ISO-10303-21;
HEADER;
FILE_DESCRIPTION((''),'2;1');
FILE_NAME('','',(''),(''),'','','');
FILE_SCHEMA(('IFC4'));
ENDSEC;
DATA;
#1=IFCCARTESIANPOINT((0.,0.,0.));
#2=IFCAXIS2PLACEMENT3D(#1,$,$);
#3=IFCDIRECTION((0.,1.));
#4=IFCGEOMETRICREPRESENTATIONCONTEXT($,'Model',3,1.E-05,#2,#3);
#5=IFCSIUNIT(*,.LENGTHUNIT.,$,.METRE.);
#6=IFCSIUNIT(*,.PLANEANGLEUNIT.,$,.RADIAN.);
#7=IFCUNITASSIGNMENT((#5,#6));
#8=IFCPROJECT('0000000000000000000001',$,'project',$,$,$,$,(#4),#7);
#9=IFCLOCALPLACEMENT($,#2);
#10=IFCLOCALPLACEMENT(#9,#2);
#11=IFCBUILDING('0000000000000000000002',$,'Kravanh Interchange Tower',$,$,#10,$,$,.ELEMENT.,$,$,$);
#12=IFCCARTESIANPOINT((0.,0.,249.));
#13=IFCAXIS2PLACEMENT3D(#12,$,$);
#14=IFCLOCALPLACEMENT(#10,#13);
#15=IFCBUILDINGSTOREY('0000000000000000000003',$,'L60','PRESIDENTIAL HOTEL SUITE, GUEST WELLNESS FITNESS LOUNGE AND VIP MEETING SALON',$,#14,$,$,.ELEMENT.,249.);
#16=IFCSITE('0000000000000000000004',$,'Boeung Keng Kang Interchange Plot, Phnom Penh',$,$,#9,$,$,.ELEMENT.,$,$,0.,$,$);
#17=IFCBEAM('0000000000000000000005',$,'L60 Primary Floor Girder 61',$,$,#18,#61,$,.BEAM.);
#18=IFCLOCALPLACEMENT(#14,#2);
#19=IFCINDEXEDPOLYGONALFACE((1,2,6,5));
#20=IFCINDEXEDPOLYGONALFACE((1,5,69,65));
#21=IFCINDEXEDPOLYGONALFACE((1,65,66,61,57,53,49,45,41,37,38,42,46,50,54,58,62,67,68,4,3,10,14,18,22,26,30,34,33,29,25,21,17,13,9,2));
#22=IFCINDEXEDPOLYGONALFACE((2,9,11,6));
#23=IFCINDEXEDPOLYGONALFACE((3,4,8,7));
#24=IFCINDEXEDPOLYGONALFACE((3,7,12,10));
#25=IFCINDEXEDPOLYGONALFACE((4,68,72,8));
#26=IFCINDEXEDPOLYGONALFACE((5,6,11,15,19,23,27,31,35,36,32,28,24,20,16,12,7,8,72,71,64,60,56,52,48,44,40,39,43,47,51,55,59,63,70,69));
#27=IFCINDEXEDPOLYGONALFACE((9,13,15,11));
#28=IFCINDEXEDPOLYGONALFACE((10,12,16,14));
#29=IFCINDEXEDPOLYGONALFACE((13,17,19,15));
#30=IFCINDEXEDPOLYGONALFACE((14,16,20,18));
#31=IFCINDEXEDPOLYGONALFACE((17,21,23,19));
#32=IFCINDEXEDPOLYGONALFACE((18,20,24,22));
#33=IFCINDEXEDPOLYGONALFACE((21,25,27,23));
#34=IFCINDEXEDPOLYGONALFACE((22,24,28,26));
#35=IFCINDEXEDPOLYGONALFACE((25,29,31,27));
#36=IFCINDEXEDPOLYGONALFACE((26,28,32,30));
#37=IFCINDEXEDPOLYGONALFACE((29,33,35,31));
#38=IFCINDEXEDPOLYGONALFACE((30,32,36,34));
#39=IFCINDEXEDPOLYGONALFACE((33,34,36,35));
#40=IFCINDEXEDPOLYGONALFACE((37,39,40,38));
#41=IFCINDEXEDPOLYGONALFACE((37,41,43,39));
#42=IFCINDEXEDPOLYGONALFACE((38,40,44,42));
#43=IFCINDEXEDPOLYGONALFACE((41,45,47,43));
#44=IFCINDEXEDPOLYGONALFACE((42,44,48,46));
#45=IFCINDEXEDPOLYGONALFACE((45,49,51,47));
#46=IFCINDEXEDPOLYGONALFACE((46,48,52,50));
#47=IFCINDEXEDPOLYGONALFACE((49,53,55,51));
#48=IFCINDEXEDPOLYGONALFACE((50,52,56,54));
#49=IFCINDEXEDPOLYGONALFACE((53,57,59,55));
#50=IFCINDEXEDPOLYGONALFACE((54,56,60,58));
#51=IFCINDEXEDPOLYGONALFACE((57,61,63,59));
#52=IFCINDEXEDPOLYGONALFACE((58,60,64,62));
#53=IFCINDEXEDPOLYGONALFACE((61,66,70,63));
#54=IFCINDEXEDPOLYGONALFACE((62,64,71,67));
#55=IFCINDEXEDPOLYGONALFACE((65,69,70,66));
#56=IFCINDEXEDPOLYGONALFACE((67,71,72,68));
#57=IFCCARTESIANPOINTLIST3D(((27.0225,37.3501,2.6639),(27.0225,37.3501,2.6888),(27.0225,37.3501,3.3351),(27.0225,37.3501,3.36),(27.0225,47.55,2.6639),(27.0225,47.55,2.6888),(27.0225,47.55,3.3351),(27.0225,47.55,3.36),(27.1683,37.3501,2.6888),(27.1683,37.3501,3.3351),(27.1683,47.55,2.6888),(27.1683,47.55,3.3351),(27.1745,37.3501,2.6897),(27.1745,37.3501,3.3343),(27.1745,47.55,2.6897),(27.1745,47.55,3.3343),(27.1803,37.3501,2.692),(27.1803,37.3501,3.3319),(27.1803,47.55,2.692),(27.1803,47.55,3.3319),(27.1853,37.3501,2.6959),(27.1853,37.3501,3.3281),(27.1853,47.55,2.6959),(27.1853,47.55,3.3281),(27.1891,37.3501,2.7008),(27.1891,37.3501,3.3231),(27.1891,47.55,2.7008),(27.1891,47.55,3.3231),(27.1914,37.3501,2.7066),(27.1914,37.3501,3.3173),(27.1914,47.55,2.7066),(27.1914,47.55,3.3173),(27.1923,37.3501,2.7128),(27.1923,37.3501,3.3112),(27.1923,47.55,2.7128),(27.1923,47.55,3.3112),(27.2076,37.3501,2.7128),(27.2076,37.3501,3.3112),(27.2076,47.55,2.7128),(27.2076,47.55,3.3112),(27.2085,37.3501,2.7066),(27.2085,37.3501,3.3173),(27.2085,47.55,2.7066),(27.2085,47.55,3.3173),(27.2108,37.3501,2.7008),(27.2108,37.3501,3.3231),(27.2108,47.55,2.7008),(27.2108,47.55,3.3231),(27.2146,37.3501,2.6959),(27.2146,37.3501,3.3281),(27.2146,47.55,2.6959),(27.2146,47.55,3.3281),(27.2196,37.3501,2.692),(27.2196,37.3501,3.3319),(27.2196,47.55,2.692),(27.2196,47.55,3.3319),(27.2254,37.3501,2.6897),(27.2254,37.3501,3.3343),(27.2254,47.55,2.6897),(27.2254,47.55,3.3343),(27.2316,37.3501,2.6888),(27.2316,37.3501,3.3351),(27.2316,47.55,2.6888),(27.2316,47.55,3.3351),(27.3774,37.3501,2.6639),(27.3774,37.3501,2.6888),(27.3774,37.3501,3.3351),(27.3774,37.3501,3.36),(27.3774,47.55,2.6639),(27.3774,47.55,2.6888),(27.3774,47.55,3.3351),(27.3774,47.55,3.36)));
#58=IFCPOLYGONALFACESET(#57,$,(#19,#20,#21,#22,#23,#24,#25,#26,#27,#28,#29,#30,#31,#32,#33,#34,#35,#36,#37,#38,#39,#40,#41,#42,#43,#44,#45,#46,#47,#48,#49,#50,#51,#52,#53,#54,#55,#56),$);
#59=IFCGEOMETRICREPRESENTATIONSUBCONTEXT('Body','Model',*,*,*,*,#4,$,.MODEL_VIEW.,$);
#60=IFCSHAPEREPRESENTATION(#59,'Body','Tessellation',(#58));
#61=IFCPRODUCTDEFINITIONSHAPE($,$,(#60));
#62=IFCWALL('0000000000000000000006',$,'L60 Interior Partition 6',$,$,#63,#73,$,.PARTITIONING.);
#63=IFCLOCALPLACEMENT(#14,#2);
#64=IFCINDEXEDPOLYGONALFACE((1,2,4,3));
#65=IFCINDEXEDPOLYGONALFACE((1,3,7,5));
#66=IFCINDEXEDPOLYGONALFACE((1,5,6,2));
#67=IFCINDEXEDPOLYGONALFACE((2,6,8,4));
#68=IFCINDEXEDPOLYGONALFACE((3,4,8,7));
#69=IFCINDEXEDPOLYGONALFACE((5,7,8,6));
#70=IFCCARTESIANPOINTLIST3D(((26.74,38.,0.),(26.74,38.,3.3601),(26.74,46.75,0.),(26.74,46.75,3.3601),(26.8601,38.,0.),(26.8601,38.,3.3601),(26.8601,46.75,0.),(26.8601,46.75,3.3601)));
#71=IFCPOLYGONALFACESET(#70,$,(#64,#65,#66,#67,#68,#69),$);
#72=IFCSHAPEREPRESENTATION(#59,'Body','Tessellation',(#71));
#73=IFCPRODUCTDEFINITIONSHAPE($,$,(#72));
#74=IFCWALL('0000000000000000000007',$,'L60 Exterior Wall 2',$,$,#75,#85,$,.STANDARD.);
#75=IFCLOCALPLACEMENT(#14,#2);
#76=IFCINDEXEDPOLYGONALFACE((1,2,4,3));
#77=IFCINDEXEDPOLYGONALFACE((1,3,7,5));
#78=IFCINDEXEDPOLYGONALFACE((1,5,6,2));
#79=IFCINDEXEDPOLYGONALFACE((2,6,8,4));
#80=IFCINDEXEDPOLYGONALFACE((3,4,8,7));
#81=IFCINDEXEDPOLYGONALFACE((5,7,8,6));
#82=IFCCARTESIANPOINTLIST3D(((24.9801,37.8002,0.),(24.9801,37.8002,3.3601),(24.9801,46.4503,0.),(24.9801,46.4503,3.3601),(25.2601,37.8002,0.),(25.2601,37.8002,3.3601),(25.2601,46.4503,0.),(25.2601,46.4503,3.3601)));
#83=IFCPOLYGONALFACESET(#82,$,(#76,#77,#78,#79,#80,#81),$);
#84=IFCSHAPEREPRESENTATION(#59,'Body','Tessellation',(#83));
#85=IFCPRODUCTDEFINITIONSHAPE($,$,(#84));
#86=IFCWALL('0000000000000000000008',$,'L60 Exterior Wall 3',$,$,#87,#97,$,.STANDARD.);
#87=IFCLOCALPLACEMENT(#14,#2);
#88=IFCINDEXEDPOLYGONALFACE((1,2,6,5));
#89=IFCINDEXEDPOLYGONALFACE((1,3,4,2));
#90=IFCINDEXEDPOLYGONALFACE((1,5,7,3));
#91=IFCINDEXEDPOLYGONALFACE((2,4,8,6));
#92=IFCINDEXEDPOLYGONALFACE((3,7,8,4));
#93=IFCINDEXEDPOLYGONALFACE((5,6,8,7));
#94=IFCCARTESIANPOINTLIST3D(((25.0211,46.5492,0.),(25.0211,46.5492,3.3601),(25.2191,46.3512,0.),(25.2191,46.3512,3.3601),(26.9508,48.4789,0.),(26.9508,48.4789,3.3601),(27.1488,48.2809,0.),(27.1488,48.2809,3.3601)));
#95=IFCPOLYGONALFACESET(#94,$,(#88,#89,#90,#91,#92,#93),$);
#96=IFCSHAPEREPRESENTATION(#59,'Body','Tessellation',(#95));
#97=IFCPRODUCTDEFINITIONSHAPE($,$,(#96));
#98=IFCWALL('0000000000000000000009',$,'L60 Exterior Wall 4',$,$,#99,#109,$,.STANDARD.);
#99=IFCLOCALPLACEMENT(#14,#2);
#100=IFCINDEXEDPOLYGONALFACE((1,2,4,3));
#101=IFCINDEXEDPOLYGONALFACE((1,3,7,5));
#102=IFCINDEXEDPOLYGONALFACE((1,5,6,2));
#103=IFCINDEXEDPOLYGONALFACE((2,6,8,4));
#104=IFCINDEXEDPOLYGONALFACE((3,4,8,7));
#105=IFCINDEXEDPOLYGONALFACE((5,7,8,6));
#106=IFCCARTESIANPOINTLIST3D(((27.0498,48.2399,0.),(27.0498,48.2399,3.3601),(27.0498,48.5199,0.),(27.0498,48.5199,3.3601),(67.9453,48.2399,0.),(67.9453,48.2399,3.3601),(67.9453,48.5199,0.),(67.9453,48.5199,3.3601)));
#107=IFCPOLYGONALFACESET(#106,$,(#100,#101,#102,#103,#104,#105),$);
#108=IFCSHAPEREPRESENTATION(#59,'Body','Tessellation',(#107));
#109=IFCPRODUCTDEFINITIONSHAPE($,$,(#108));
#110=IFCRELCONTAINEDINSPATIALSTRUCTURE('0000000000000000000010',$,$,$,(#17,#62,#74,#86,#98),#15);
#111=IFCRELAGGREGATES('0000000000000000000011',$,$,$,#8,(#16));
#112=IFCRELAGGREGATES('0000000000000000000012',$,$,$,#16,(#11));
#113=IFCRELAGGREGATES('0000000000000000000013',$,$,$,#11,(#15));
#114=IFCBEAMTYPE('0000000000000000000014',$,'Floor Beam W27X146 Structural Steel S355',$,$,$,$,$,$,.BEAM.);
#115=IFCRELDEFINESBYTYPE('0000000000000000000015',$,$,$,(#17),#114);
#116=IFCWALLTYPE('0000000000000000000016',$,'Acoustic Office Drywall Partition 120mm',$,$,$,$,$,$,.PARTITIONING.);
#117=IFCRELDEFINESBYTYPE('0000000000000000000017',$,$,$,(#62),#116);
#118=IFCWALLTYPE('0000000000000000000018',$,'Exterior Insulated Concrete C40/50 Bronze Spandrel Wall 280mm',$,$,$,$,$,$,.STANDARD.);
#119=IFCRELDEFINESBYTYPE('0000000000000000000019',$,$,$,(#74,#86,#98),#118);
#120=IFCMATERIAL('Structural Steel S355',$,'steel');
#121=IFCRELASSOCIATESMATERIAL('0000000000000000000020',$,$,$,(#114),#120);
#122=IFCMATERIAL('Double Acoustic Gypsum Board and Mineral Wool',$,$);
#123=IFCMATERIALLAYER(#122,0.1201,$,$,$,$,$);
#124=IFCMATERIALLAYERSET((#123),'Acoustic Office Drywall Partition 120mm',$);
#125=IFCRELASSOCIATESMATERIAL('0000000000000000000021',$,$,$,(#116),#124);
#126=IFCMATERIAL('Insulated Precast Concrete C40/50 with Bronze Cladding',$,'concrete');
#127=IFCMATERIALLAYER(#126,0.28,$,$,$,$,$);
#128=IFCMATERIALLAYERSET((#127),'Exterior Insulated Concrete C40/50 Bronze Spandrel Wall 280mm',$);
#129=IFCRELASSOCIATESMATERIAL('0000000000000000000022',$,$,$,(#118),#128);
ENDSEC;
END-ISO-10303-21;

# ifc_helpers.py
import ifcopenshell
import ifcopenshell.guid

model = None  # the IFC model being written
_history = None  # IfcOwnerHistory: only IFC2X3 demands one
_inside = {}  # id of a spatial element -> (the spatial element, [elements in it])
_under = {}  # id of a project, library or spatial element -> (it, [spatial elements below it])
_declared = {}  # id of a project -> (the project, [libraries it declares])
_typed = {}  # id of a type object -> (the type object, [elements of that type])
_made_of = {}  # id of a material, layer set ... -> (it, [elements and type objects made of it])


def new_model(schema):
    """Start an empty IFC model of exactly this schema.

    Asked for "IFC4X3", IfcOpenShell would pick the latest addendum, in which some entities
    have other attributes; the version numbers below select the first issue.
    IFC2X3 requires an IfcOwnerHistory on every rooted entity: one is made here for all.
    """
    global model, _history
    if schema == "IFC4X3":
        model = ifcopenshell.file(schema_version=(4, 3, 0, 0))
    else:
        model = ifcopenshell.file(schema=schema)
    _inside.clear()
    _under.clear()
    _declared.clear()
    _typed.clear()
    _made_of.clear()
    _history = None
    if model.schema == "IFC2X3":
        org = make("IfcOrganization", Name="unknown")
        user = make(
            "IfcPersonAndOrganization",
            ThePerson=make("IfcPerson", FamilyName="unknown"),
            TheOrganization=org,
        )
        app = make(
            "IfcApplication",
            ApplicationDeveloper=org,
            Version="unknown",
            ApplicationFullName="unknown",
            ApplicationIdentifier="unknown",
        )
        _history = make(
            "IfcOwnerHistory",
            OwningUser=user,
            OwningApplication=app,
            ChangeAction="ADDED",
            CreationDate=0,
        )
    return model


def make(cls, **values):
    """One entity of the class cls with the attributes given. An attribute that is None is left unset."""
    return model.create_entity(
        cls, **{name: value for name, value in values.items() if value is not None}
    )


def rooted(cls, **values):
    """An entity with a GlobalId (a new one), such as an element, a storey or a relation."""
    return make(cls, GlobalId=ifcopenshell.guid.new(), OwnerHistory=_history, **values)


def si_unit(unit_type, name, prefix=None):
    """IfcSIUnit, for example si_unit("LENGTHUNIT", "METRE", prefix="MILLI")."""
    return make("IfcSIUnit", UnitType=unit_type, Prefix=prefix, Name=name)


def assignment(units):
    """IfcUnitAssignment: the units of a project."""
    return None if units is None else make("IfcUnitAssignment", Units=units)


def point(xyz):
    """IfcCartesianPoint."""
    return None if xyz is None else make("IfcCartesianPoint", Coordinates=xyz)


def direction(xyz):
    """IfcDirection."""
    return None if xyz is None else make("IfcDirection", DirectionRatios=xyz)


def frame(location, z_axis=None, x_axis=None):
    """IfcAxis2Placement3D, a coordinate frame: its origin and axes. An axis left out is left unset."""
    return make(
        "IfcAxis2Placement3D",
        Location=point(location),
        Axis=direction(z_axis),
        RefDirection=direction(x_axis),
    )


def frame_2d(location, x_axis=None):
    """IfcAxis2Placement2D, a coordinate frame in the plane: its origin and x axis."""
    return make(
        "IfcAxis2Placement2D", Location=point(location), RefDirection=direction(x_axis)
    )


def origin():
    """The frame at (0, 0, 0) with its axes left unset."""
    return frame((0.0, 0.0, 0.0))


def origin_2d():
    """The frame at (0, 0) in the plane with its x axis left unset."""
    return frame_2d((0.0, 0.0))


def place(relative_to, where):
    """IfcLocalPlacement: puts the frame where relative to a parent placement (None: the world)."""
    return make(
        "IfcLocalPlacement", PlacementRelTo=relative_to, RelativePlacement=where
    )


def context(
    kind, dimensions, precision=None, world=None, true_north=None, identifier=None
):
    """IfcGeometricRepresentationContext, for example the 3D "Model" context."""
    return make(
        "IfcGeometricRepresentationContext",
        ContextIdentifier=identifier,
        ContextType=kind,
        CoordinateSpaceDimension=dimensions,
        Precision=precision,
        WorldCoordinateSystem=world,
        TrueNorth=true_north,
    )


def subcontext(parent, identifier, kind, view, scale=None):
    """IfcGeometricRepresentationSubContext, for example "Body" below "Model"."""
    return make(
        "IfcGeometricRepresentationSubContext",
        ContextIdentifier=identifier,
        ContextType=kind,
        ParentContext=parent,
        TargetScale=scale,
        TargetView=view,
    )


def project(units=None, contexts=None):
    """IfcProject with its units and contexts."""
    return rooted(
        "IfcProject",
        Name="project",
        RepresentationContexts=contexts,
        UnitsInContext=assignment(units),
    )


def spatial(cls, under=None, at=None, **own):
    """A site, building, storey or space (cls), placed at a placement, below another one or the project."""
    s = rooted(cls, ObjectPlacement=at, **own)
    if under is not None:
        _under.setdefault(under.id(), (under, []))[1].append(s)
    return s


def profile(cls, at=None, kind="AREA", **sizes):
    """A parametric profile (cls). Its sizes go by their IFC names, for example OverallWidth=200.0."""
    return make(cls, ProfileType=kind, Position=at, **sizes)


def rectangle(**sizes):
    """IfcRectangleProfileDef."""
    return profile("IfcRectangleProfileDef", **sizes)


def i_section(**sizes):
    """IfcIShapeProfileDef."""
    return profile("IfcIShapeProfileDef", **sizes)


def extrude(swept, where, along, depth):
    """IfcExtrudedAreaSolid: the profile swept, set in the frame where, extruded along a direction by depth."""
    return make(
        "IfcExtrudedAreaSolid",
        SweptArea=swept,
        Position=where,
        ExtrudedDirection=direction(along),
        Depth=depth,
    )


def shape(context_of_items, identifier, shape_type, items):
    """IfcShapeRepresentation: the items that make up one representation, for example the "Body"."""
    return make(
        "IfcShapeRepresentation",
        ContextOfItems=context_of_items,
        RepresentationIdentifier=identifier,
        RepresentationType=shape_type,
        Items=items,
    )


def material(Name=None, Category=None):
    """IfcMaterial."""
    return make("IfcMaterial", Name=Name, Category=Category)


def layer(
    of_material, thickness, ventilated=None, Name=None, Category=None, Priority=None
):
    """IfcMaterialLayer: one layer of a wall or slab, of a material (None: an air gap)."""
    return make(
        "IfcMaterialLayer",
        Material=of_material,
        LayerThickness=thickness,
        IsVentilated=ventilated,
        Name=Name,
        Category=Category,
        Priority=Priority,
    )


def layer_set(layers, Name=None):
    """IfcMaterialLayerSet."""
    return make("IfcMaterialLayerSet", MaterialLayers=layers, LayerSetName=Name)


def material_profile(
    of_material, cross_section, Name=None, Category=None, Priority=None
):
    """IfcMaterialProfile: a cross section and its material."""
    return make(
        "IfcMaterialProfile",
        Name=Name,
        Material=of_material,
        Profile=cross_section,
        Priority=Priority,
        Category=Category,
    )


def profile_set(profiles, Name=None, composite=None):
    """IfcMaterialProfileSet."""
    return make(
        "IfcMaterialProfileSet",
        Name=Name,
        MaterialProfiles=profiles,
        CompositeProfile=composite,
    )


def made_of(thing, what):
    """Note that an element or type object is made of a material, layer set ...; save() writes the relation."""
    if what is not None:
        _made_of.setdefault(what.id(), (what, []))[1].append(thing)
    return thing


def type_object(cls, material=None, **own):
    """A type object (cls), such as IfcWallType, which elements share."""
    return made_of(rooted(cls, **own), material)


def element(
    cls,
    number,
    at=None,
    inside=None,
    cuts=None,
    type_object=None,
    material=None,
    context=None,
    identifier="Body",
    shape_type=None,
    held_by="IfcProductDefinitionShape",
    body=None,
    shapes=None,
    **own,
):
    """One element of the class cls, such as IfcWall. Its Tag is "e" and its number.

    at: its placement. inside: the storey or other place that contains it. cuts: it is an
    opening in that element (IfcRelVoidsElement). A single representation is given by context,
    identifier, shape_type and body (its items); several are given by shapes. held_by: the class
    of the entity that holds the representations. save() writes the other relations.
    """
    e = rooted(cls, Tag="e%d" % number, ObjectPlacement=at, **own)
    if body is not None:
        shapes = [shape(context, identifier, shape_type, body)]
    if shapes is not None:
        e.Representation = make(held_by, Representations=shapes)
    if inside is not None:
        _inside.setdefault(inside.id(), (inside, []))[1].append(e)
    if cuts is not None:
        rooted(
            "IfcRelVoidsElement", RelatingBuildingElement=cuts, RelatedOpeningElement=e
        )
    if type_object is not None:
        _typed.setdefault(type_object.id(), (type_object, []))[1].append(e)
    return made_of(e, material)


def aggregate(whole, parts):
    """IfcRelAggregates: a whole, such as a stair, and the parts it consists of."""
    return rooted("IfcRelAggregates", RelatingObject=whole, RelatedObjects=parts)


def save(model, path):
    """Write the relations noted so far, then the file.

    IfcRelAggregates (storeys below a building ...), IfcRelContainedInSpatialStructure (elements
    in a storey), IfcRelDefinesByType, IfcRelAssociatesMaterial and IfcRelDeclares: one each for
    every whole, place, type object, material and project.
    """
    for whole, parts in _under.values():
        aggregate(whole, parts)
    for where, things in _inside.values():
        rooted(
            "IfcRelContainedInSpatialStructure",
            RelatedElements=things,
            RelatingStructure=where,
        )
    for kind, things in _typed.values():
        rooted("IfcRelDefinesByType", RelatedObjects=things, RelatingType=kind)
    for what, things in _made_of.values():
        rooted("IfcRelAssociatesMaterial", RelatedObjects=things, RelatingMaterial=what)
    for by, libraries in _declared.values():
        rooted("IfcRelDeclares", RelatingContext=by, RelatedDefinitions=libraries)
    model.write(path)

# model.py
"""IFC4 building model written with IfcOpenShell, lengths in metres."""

from ifc_helpers import new_model, si_unit, direction, frame, frame_2d, origin, origin_2d, place, context, subcontext, project, spatial, rectangle, i_section, extrude, material, layer, layer_set, material_profile, profile_set, type_object, element, save


model = new_model("IFC4")

# Units and contexts
model_context = context("Model", 3, precision=1e-05, world=origin(), true_north=direction((0.0, 1.0)))
body_context = subcontext(model_context, "Body", "Model", "MODEL_VIEW")
ifc_project = project(units=[si_unit("LENGTHUNIT", "METRE"), si_unit("PLANEANGLEUNIT", "RADIAN")], contexts=[model_context])

# Site, building, storey
site_placement = place(None, origin())
site = spatial("IfcSite", under=ifc_project, at=site_placement, Name="Boeung Keng Kang Interchange Plot, Phnom Penh", CompositionType="ELEMENT", RefElevation=0.0)
building_placement = place(site_placement, origin())
building = spatial("IfcBuilding", under=site, at=building_placement, Name="Kravanh Interchange Tower", CompositionType="ELEMENT")
storey_placement = place(building_placement, frame((0.0, 0.0, 249.0)))
storey = spatial("IfcBuildingStorey", under=building, at=storey_placement, Name="L60", Description="PRESIDENTIAL HOTEL SUITE, GUEST WELLNESS FITNESS LOUNGE AND VIP MEETING SALON", CompositionType="ELEMENT", Elevation=249.0)

# Beam
ifc_material_1 = material(Name="Structural Steel S355", Category="steel")
ifc_material_profile_1 = material_profile(ifc_material_1, i_section(OverallWidth=0.355, OverallDepth=0.696, WebThickness=0.0154, FlangeThickness=0.0249, FilletRadius=0.0239, at=origin_2d()), Name="W27X146")
ifc_profile_set_1 = profile_set([ifc_material_profile_1], Name="Structural Steel S355")
beam_type = type_object("IfcBeamType", Name="Floor Beam W27X146 Structural Steel S355", PredefinedType="BEAM", material=ifc_profile_set_1)
beam_1_placement = place(storey_placement, frame((27.2, 37.3501, 3.012), z_axis=(0.0, 1.0, 0.0), x_axis=(-1.0, 0.0, 0.0)))
element("IfcBeam", 1, at=beam_1_placement, inside=storey, type_object=beam_type, Name="L60 Primary Floor Girder 61", PredefinedType="BEAM", context=body_context, shape_type="SweptSolid", body=[
    extrude(i_section(OverallWidth=0.355, OverallDepth=0.696, WebThickness=0.0154, FlangeThickness=0.0249, FilletRadius=0.0239, at=origin_2d()), origin(), (0.0, 0.0, 1.0), 10.2),
])

# Walls
ifc_material_2 = material(Name="Double Acoustic Gypsum Board and Mineral Wool")
ifc_layer_1 = layer(ifc_material_2, 0.1201)
ifc_layer_set_1 = layer_set([ifc_layer_1], Name="Acoustic Office Drywall Partition 120mm")
wall_type_1 = type_object("IfcWallType", Name="Acoustic Office Drywall Partition 120mm", PredefinedType="PARTITIONING", material=ifc_layer_set_1)
wall_1_placement = place(storey_placement, frame((26.8, 38.0, 0.0), z_axis=(0.0, 0.0, 1.0), x_axis=(0.0, 1.0, 0.0)))
element("IfcWall", 2, at=wall_1_placement, inside=storey, type_object=wall_type_1, Name="L60 Interior Partition 6", PredefinedType="PARTITIONING", context=body_context, shape_type="SweptSolid", body=[
    extrude(rectangle(XDim=8.75, YDim=0.1201, at=frame_2d((4.375, 0.0))), origin(), (0.0, 0.0, 1.0), 3.3601),
])
ifc_material_3 = material(Name="Insulated Precast Concrete C40/50 with Bronze Cladding", Category="concrete")
ifc_layer_2 = layer(ifc_material_3, 0.28)
ifc_layer_set_2 = layer_set([ifc_layer_2], Name="Exterior Insulated Concrete C40/50 Bronze Spandrel Wall 280mm")
wall_type_2 = type_object("IfcWallType", Name="Exterior Insulated Concrete C40/50 Bronze Spandrel Wall 280mm", PredefinedType="STANDARD", material=ifc_layer_set_2)
wall_2_placement = place(storey_placement, frame((25.1201, 37.8, 0.0), z_axis=(0.0, 0.0, 1.0), x_axis=(0.0, 1.0, 0.0)))
element("IfcWall", 3, at=wall_2_placement, inside=storey, type_object=wall_type_2, Name="L60 Exterior Wall 2", PredefinedType="STANDARD", context=body_context, shape_type="SweptSolid", body=[
    extrude(rectangle(XDim=8.6501, YDim=0.28, at=frame_2d((4.3252, 0.0))), origin(), (0.0, 0.0, 1.0), 3.3601),
])
wall_3_placement = place(storey_placement, frame((25.1201, 46.4502, 0.0), z_axis=(0.0, 0.0, 1.0), x_axis=(0.707107, 0.707107, 0.0)))
element("IfcWall", 4, at=wall_3_placement, inside=storey, type_object=wall_type_2, Name="L60 Exterior Wall 3", PredefinedType="STANDARD", context=body_context, shape_type="SweptSolid", body=[
    extrude(rectangle(XDim=2.729, YDim=0.28, at=frame_2d((1.3645, 0.0))), origin(), (0.0, 0.0, 1.0), 3.3601),
])
wall_4_placement = place(storey_placement, frame((27.0498, 48.3799, 0.0), z_axis=(0.0, 0.0, 1.0), x_axis=(1.0, 0.0, 0.0)))
element("IfcWall", 5, at=wall_4_placement, inside=storey, type_object=wall_type_2, Name="L60 Exterior Wall 4", PredefinedType="STANDARD", context=body_context, shape_type="SweptSolid", body=[
    extrude(rectangle(XDim=40.8955, YDim=0.28, at=frame_2d((20.4478, 0.0))), origin(), (0.0, 0.0, 1.0), 3.3601),
])

save(model, "model.ifc")
